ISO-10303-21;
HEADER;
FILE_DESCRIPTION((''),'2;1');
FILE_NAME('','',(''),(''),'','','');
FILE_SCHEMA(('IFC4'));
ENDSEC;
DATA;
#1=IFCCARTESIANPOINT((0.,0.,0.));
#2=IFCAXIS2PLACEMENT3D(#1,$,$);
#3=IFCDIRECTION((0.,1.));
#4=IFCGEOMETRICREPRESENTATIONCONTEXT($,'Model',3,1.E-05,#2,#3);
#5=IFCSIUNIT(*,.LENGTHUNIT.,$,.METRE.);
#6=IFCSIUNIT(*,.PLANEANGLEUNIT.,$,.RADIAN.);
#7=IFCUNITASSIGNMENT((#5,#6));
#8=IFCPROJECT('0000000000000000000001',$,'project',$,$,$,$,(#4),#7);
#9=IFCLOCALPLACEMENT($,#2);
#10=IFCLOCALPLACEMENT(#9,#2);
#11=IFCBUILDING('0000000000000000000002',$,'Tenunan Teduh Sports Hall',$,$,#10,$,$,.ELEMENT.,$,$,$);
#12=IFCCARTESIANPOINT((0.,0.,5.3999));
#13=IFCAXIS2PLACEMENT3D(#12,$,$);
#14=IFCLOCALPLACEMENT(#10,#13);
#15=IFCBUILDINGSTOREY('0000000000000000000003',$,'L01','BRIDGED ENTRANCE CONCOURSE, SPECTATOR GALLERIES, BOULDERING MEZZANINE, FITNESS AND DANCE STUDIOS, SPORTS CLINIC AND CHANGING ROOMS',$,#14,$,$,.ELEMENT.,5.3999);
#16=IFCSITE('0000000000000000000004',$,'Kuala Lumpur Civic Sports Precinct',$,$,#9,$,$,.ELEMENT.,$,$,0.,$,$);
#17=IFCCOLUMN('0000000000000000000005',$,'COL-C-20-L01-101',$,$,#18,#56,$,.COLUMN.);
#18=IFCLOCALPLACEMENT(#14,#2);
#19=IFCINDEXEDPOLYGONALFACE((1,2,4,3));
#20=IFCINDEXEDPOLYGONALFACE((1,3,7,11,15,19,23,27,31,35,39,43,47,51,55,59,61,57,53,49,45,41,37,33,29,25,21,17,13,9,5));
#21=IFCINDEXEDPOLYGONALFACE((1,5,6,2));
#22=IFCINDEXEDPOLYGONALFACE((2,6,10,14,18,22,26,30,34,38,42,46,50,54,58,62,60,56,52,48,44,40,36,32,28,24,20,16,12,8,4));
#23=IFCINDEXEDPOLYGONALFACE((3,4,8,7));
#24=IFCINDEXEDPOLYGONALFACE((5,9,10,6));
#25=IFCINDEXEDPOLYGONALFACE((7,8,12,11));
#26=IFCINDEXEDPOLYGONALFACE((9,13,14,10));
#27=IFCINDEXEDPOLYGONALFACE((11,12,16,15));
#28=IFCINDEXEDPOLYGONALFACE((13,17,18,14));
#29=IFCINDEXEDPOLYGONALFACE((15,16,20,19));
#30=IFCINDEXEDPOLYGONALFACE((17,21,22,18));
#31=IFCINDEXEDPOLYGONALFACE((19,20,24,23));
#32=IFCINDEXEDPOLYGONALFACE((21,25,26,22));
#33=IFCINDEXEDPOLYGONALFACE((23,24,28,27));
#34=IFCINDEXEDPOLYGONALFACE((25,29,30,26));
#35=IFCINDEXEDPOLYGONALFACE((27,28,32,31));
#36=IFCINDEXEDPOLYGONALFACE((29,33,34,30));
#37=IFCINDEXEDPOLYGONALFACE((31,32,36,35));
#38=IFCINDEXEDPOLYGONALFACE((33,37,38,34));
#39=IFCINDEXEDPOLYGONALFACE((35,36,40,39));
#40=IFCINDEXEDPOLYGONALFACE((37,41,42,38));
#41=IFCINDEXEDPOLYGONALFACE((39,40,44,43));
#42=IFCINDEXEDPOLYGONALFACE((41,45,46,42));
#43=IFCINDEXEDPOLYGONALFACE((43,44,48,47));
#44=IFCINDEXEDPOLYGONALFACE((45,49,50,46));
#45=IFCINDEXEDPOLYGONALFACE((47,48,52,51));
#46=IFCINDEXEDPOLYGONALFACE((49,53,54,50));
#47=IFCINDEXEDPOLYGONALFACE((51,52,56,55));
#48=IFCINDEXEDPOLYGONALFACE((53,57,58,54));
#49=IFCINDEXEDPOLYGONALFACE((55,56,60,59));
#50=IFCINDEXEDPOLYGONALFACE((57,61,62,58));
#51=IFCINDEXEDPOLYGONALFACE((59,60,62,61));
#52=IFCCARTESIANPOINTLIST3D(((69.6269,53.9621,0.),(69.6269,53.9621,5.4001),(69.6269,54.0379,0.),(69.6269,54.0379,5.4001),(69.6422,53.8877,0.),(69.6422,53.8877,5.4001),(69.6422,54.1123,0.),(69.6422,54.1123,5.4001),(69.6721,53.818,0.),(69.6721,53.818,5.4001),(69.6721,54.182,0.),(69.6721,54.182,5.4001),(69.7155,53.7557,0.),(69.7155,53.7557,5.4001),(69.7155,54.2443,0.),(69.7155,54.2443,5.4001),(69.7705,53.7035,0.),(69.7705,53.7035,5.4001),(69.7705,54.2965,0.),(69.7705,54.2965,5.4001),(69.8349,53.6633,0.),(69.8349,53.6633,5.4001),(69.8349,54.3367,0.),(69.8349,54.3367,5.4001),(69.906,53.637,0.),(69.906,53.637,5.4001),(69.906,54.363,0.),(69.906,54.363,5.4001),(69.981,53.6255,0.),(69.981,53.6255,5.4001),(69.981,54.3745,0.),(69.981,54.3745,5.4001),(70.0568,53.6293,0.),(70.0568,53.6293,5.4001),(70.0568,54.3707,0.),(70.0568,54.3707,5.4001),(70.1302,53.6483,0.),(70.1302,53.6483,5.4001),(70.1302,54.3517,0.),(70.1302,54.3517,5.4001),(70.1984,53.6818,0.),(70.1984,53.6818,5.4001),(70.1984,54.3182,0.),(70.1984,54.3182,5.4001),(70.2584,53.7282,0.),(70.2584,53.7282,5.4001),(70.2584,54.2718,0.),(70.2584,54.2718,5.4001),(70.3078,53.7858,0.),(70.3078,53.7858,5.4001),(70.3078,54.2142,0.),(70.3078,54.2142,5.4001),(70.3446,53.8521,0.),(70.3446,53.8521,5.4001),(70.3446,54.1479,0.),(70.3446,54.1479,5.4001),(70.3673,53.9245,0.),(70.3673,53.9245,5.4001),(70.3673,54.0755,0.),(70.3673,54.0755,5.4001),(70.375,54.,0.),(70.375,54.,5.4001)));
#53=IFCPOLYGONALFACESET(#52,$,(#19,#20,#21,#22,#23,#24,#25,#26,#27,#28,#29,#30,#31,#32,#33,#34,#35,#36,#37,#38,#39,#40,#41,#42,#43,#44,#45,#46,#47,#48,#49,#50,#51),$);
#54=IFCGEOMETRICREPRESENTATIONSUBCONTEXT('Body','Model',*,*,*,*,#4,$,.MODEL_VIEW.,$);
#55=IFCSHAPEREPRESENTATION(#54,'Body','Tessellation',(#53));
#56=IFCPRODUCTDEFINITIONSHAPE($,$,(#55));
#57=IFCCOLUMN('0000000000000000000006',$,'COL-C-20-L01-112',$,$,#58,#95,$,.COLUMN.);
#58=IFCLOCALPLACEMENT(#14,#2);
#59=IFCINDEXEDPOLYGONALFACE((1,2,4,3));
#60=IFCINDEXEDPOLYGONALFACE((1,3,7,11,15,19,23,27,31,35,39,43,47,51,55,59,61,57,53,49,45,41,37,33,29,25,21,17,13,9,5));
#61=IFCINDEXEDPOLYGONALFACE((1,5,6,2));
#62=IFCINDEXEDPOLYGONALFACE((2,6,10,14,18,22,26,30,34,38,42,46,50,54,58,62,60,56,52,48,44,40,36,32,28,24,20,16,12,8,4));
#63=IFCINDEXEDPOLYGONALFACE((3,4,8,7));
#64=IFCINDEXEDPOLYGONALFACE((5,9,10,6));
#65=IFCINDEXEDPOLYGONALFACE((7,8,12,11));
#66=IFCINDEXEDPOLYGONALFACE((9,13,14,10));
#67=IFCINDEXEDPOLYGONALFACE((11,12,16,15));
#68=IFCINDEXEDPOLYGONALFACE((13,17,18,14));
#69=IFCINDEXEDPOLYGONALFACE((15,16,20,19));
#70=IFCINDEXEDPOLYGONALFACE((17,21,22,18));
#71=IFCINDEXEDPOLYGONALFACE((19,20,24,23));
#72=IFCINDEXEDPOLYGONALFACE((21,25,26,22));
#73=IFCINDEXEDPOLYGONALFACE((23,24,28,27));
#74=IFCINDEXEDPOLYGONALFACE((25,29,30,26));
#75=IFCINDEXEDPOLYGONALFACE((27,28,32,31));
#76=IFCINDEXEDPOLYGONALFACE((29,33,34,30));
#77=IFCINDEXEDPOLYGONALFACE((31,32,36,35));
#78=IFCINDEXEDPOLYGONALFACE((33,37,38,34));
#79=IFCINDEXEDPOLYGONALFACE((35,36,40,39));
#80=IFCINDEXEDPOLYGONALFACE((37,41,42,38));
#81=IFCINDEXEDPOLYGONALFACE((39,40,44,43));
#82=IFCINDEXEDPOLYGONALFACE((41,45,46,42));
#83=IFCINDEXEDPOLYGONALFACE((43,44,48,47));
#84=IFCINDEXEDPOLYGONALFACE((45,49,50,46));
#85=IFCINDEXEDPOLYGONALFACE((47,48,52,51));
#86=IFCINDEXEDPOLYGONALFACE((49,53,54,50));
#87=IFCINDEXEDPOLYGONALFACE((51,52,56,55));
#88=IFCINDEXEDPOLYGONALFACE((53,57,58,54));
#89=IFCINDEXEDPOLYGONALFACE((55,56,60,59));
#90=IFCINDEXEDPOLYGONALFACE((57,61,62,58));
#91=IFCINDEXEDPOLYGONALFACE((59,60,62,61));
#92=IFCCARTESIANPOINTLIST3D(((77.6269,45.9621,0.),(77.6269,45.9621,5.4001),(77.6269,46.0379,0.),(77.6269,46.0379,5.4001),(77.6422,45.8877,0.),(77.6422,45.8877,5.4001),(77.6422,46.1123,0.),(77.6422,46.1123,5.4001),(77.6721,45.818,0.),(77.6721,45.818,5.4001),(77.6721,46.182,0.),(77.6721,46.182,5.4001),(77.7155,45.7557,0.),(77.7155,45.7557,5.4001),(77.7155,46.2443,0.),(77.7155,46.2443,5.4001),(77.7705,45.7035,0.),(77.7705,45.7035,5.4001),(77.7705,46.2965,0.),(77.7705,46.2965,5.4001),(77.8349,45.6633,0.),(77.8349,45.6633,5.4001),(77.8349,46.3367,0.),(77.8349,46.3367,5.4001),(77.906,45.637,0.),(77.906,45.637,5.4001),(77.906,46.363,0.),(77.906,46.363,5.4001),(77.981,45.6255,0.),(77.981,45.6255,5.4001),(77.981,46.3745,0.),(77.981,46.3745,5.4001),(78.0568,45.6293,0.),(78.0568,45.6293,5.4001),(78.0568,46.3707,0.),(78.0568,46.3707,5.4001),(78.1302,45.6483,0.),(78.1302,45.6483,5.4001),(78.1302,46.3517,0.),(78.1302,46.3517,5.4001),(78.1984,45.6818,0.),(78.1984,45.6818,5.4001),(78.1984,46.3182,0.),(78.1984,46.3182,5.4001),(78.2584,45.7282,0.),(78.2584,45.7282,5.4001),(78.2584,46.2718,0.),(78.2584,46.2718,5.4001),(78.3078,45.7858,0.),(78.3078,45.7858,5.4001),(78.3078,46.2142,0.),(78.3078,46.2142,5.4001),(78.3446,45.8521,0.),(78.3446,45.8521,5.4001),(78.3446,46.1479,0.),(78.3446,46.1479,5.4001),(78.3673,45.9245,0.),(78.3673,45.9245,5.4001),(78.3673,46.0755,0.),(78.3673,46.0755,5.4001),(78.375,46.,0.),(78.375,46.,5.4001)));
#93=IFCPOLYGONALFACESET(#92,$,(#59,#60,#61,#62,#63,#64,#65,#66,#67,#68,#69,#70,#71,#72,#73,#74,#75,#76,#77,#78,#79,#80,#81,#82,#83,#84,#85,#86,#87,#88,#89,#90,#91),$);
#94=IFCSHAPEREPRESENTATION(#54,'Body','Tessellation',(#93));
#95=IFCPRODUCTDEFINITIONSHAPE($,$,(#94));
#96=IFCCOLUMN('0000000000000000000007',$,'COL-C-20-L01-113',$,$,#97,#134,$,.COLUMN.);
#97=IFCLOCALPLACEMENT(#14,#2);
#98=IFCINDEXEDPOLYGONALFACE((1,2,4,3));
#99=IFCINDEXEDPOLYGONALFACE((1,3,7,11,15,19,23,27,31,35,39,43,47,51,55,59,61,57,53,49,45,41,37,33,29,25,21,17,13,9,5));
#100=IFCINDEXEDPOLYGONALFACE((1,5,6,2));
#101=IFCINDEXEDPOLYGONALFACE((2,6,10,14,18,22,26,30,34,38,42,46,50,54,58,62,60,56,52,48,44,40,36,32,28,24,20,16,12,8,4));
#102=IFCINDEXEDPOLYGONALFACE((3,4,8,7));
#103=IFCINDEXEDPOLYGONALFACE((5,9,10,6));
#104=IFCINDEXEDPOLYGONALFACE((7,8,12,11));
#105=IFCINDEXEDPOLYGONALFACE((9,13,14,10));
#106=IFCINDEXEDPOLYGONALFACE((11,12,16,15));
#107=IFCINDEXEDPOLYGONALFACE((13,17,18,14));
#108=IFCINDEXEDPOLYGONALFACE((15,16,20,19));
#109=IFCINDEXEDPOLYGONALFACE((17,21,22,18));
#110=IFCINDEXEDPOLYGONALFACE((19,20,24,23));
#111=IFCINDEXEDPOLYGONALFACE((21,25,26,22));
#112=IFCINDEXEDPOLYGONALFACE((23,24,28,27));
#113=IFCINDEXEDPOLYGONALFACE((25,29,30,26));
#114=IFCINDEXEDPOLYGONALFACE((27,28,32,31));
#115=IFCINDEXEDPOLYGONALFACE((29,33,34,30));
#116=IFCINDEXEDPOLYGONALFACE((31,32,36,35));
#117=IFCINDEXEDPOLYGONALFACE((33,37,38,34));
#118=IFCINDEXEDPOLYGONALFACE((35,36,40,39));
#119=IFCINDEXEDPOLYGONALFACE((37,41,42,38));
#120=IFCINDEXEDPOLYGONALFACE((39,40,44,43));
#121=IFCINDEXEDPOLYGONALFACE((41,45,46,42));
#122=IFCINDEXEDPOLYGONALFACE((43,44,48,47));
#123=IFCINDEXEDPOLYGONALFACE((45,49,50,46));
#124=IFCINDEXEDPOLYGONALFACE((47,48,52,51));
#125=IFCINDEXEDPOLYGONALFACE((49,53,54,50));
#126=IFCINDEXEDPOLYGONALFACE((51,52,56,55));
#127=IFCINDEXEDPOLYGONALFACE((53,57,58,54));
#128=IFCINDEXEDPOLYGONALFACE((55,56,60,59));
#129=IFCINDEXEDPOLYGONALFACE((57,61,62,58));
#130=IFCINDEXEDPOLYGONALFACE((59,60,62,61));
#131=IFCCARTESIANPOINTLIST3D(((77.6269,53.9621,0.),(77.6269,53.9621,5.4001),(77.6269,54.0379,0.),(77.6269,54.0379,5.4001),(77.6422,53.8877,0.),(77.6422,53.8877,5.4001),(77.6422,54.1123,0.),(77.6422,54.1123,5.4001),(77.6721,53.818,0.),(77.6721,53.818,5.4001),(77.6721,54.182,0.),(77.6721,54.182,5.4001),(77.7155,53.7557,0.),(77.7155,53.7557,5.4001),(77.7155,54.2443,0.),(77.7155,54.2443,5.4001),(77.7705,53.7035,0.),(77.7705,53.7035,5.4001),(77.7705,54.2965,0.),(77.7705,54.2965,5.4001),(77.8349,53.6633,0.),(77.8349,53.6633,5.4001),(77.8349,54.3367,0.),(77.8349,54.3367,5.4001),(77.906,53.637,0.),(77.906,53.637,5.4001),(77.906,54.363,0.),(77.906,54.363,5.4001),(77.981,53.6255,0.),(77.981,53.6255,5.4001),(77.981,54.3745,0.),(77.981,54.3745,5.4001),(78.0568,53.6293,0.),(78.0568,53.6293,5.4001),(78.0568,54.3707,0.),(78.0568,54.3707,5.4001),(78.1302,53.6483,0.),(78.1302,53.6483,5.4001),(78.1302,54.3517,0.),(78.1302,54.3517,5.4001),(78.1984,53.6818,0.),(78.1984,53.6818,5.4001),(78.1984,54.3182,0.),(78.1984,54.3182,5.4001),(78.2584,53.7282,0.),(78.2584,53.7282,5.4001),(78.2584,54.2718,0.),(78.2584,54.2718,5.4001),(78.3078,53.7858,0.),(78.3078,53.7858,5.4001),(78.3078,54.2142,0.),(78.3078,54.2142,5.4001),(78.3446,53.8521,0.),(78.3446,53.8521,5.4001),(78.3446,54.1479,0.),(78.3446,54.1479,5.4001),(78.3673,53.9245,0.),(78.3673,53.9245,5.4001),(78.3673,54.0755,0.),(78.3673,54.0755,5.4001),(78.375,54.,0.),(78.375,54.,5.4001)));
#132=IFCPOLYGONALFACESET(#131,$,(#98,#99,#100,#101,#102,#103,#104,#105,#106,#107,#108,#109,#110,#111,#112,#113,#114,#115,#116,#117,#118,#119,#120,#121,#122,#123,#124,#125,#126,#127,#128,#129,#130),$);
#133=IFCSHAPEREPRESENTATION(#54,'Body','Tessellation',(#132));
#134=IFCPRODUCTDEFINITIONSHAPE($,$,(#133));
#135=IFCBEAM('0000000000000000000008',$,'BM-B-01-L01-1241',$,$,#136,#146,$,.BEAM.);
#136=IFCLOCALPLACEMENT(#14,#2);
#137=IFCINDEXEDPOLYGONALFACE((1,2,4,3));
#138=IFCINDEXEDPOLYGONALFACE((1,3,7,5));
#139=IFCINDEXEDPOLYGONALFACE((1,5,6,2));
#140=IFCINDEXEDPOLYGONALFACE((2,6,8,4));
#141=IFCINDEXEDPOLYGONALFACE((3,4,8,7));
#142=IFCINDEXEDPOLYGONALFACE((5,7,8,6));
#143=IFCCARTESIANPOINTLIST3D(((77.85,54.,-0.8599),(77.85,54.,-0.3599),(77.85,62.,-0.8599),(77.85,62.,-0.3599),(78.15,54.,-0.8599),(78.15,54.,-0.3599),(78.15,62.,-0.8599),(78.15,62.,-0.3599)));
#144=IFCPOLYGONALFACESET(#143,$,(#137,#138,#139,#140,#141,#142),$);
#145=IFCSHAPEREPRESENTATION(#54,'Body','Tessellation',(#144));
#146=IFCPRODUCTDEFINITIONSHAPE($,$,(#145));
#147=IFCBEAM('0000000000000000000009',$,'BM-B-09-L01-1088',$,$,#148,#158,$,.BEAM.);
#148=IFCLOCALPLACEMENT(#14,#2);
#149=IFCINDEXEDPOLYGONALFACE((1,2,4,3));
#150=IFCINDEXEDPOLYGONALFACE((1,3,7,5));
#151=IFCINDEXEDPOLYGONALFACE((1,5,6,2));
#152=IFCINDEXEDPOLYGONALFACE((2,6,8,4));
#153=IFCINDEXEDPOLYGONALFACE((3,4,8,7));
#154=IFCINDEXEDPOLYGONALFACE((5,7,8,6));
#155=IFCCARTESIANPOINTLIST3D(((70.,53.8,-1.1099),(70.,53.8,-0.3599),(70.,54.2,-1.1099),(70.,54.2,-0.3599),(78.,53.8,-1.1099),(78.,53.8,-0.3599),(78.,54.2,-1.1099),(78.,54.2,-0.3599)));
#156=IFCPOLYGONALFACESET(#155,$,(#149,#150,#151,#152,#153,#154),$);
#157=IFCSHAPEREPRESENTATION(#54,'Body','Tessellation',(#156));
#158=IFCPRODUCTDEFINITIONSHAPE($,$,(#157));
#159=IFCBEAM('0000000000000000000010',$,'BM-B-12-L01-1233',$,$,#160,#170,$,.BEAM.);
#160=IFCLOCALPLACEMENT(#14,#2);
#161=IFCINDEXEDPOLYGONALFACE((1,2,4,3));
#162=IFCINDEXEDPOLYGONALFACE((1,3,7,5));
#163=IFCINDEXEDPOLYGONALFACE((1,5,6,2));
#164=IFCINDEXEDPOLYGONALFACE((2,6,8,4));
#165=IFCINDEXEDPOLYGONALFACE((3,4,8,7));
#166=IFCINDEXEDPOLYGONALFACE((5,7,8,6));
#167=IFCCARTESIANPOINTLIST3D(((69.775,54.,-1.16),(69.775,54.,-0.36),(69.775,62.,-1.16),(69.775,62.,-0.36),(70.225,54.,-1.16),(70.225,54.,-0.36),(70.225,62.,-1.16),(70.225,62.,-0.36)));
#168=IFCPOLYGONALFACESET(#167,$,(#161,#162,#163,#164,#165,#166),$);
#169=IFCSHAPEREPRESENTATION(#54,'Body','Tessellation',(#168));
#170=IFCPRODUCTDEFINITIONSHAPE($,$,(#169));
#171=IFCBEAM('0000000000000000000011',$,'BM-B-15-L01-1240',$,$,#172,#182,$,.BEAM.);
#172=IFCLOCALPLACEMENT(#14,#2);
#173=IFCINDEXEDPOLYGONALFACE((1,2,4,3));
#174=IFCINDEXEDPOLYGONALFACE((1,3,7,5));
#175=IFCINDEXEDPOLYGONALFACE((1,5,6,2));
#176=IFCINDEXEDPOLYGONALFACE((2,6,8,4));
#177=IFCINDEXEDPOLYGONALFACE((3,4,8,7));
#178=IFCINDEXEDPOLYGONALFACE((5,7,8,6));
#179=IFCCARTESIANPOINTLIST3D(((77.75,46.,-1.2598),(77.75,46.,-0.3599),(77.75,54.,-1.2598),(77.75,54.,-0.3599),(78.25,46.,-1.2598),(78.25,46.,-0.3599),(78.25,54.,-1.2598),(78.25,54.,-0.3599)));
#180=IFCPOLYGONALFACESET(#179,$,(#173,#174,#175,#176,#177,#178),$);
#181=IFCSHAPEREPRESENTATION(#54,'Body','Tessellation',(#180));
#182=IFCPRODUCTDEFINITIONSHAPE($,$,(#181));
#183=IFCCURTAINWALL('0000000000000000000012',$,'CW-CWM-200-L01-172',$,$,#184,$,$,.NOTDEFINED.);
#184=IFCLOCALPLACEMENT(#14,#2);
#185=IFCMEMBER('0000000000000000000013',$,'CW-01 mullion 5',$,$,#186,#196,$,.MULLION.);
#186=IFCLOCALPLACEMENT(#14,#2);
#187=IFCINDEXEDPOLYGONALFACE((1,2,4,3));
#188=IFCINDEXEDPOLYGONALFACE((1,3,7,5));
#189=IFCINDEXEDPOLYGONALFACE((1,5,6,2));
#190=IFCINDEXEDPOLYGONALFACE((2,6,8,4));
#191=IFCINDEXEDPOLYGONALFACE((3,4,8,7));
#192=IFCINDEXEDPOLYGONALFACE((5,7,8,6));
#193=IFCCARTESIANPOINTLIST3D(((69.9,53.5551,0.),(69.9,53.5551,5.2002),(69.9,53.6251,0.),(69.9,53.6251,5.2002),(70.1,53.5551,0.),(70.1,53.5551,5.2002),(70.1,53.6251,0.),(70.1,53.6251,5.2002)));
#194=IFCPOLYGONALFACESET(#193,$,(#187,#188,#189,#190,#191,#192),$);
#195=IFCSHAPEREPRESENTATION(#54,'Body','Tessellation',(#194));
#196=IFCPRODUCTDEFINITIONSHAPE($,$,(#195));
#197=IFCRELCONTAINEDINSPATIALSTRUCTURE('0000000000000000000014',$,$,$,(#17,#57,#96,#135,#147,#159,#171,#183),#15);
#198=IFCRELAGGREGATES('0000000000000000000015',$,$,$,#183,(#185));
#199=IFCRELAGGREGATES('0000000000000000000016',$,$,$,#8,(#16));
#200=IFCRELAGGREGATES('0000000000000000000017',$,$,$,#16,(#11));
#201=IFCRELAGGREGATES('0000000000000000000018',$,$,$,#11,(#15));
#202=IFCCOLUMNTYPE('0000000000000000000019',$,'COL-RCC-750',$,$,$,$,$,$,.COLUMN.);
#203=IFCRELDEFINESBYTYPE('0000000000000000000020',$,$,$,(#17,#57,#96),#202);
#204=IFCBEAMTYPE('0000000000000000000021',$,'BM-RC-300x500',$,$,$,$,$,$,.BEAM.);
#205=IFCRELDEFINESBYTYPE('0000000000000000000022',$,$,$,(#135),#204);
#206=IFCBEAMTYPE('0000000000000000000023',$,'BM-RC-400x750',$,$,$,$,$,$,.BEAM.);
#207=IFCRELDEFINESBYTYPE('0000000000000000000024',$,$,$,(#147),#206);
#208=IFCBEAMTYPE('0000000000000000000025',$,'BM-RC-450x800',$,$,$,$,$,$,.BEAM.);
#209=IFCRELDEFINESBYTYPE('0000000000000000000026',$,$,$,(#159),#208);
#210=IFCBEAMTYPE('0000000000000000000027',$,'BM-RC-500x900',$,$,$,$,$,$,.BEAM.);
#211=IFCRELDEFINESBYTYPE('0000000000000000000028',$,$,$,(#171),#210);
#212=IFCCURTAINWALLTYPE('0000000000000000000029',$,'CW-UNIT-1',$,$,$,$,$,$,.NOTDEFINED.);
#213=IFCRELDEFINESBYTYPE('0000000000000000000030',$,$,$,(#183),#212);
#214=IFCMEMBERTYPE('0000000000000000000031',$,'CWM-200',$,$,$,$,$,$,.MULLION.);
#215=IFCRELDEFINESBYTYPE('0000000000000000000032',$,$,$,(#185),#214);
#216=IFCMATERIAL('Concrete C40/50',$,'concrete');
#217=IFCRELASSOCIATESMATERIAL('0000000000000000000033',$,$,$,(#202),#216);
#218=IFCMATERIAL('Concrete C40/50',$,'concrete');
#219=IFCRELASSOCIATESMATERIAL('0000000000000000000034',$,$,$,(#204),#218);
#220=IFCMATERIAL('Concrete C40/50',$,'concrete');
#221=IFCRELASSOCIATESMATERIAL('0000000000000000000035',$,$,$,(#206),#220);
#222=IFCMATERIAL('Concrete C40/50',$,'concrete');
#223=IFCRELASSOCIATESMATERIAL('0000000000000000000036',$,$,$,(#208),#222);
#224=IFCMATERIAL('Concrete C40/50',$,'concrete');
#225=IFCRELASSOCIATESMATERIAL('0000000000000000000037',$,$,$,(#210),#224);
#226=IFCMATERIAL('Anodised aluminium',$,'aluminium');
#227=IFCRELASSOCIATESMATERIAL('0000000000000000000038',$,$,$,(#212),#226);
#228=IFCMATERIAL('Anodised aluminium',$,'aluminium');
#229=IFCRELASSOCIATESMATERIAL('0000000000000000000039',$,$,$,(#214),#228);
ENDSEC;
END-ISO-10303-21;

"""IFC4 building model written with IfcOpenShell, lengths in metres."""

from ifc_helpers import new_model, si_unit, direction, frame, origin, origin_2d, place, context, subcontext, project, spatial, rectangle, circle, extrude, material, material_profile, profile_set, type_object, element, aggregate, save


model = new_model("IFC4")

# Units and contexts
model_context = context("Model", 3, precision=1e-05, world=origin(), true_north=direction((0.0, 1.0)))
body_context = subcontext(model_context, "Body", "Model", "MODEL_VIEW")
ifc_project = project(units=[si_unit("LENGTHUNIT", "METRE"), si_unit("PLANEANGLEUNIT", "RADIAN")], contexts=[model_context])

# Site, building, storey
site_placement = place(None, origin())
site = spatial("IfcSite", under=ifc_project, at=site_placement, Name="Kuala Lumpur Civic Sports Precinct", CompositionType="ELEMENT", RefElevation=0.0)
building_placement = place(site_placement, origin())
building = spatial("IfcBuilding", under=site, at=building_placement, Name="Tenunan Teduh Sports Hall", CompositionType="ELEMENT")
storey_placement = place(building_placement, frame((0.0, 0.0, 5.3999)))
storey = spatial("IfcBuildingStorey", under=building, at=storey_placement, Name="L01", Description="BRIDGED ENTRANCE CONCOURSE, SPECTATOR GALLERIES, BOULDERING MEZZANINE, FITNESS AND DANCE STUDIOS, SPORTS CLINIC AND CHANGING ROOMS", CompositionType="ELEMENT", Elevation=5.3999)

# Columns
ifc_material_1 = material(Name="Concrete C40/50", Category="concrete")
ifc_material_profile_1 = material_profile(ifc_material_1, circle(Radius=0.375, at=origin_2d()), Name="RCC D750")
ifc_profile_set_1 = profile_set([ifc_material_profile_1], Name="Concrete C40/50")
column_type = type_object("IfcColumnType", Name="COL-RCC-750", PredefinedType="COLUMN", material=ifc_profile_set_1)
for number, where, z_axis, x_axis, name in (
    (1, (70.0, 54.0, 0.0), (0.0, 0.0, 1.0), (1.0, 0.0, 0.0), "COL-C-20-L01-101"),
    (2, (78.0, 46.0, 0.0), (0.0, 0.0, 1.0), (1.0, 0.0, 0.0), "COL-C-20-L01-112"),
    (3, (78.0, 54.0, 0.0), (0.0, 0.0, 1.0), (1.0, 0.0, 0.0), "COL-C-20-L01-113"),
):
    element("IfcColumn", number, at=place(storey_placement, frame(where, z_axis=z_axis, x_axis=x_axis)), inside=storey, type_object=column_type, Name=name, PredefinedType="COLUMN", context=body_context, shape_type="SweptSolid", body=[
        extrude(circle(Radius=0.375, at=origin_2d()), origin(), (0.0, 0.0, 1.0), 5.4001),
    ])

# Beams
ifc_material_2 = material(Name="Concrete C40/50", Category="concrete")
ifc_material_profile_2 = material_profile(ifc_material_2, rectangle(XDim=0.3, YDim=0.5, at=origin_2d()), Name="RCB 300x500")
ifc_profile_set_2 = profile_set([ifc_material_profile_2], Name="Concrete C40/50")
beam_type_1 = type_object("IfcBeamType", Name="BM-RC-300x500", PredefinedType="BEAM", material=ifc_profile_set_2)
beam_1_placement = place(storey_placement, frame((78.0, 54.0, -0.6099), z_axis=(0.0, 1.0, 0.0), x_axis=(-1.0, 0.0, 0.0)))
element("IfcBeam", 4, at=beam_1_placement, inside=storey, type_object=beam_type_1, Name="BM-B-01-L01-1241", PredefinedType="BEAM", context=body_context, shape_type="SweptSolid", body=[
    extrude(rectangle(XDim=0.3, YDim=0.5, at=origin_2d()), origin(), (0.0, 0.0, 1.0), 8.0),
])
ifc_material_3 = material(Name="Concrete C40/50", Category="concrete")
ifc_material_profile_3 = material_profile(ifc_material_3, rectangle(XDim=0.3999, YDim=0.75, at=origin_2d()), Name="RCB 400x750")
ifc_profile_set_3 = profile_set([ifc_material_profile_3], Name="Concrete C40/50")
beam_type_2 = type_object("IfcBeamType", Name="BM-RC-400x750", PredefinedType="BEAM", material=ifc_profile_set_3)
beam_2_placement = place(storey_placement, frame((70.0, 54.0, -0.7349), z_axis=(1.0, 0.0, 0.0), x_axis=(0.0, 1.0, 0.0)))
element("IfcBeam", 5, at=beam_2_placement, inside=storey, type_object=beam_type_2, Name="BM-B-09-L01-1088", PredefinedType="BEAM", context=body_context, shape_type="SweptSolid", body=[
    extrude(rectangle(XDim=0.3999, YDim=0.75, at=origin_2d()), origin(), (0.0, 0.0, 1.0), 8.0),
])
ifc_material_4 = material(Name="Concrete C40/50", Category="concrete")
ifc_material_profile_4 = material_profile(ifc_material_4, rectangle(XDim=0.45, YDim=0.8, at=origin_2d()), Name="RCB 450x800")
ifc_profile_set_4 = profile_set([ifc_material_profile_4], Name="Concrete C40/50")
beam_type_3 = type_object("IfcBeamType", Name="BM-RC-450x800", PredefinedType="BEAM", material=ifc_profile_set_4)
beam_3_placement = place(storey_placement, frame((70.0, 54.0, -0.76), z_axis=(0.0, 1.0, 0.0), x_axis=(-1.0, 0.0, 0.0)))
element("IfcBeam", 6, at=beam_3_placement, inside=storey, type_object=beam_type_3, Name="BM-B-12-L01-1233", PredefinedType="BEAM", context=body_context, shape_type="SweptSolid", body=[
    extrude(rectangle(XDim=0.45, YDim=0.8, at=origin_2d()), origin(), (0.0, 0.0, 1.0), 8.0),
])
ifc_material_5 = material(Name="Concrete C40/50", Category="concrete")
ifc_material_profile_5 = material_profile(ifc_material_5, rectangle(XDim=0.5, YDim=0.8999, at=origin_2d()), Name="RCB 500x900")
ifc_profile_set_5 = profile_set([ifc_material_profile_5], Name="Concrete C40/50")
beam_type_4 = type_object("IfcBeamType", Name="BM-RC-500x900", PredefinedType="BEAM", material=ifc_profile_set_5)
beam_4_placement = place(storey_placement, frame((78.0, 46.0, -0.8098), z_axis=(0.0, 1.0, 0.0), x_axis=(-1.0, 0.0, 0.0)))
element("IfcBeam", 7, at=beam_4_placement, inside=storey, type_object=beam_type_4, Name="BM-B-15-L01-1240", PredefinedType="BEAM", context=body_context, shape_type="SweptSolid", body=[
    extrude(rectangle(XDim=0.5, YDim=0.8999, at=origin_2d()), origin(), (0.0, 0.0, 1.0), 8.0),
])

# Curtain wall, member
ifc_material_6 = material(Name="Anodised aluminium", Category="aluminium")
curtain_wall_type = type_object("IfcCurtainWallType", Name="CW-UNIT-1", PredefinedType="NOTDEFINED", material=ifc_material_6)
curtain_wall_placement = place(storey_placement, origin())
curtain_wall = element("IfcCurtainWall", 8, at=curtain_wall_placement, inside=storey, type_object=curtain_wall_type, Name="CW-CWM-200-L01-172", PredefinedType="NOTDEFINED")
ifc_material_7 = material(Name="Anodised aluminium", Category="aluminium")
ifc_material_profile_6 = material_profile(ifc_material_7, rectangle(XDim=0.0701, YDim=0.2, at=origin_2d()), Name="CWM 70x200")
ifc_profile_set_6 = profile_set([ifc_material_profile_6], Name="Anodised aluminium")
member_type_1 = type_object("IfcMemberType", Name="CWM-200", PredefinedType="MULLION", material=ifc_profile_set_6)
member_1_placement = place(storey_placement, frame((70.0, 53.5901, 0.0), z_axis=(0.0, 0.0, 1.0), x_axis=(0.0, 1.0, 0.0)))
member_1 = element("IfcMember", 9, at=member_1_placement, type_object=member_type_1, Name="CW-01 mullion 5", PredefinedType="MULLION", context=body_context, shape_type="SweptSolid", body=[
    extrude(rectangle(XDim=0.0701, YDim=0.2, at=origin_2d()), origin(), (0.0, 0.0, 1.0), 5.2002),
])

aggregate(curtain_wall, [member_1])

save(model, "model.ifc")
